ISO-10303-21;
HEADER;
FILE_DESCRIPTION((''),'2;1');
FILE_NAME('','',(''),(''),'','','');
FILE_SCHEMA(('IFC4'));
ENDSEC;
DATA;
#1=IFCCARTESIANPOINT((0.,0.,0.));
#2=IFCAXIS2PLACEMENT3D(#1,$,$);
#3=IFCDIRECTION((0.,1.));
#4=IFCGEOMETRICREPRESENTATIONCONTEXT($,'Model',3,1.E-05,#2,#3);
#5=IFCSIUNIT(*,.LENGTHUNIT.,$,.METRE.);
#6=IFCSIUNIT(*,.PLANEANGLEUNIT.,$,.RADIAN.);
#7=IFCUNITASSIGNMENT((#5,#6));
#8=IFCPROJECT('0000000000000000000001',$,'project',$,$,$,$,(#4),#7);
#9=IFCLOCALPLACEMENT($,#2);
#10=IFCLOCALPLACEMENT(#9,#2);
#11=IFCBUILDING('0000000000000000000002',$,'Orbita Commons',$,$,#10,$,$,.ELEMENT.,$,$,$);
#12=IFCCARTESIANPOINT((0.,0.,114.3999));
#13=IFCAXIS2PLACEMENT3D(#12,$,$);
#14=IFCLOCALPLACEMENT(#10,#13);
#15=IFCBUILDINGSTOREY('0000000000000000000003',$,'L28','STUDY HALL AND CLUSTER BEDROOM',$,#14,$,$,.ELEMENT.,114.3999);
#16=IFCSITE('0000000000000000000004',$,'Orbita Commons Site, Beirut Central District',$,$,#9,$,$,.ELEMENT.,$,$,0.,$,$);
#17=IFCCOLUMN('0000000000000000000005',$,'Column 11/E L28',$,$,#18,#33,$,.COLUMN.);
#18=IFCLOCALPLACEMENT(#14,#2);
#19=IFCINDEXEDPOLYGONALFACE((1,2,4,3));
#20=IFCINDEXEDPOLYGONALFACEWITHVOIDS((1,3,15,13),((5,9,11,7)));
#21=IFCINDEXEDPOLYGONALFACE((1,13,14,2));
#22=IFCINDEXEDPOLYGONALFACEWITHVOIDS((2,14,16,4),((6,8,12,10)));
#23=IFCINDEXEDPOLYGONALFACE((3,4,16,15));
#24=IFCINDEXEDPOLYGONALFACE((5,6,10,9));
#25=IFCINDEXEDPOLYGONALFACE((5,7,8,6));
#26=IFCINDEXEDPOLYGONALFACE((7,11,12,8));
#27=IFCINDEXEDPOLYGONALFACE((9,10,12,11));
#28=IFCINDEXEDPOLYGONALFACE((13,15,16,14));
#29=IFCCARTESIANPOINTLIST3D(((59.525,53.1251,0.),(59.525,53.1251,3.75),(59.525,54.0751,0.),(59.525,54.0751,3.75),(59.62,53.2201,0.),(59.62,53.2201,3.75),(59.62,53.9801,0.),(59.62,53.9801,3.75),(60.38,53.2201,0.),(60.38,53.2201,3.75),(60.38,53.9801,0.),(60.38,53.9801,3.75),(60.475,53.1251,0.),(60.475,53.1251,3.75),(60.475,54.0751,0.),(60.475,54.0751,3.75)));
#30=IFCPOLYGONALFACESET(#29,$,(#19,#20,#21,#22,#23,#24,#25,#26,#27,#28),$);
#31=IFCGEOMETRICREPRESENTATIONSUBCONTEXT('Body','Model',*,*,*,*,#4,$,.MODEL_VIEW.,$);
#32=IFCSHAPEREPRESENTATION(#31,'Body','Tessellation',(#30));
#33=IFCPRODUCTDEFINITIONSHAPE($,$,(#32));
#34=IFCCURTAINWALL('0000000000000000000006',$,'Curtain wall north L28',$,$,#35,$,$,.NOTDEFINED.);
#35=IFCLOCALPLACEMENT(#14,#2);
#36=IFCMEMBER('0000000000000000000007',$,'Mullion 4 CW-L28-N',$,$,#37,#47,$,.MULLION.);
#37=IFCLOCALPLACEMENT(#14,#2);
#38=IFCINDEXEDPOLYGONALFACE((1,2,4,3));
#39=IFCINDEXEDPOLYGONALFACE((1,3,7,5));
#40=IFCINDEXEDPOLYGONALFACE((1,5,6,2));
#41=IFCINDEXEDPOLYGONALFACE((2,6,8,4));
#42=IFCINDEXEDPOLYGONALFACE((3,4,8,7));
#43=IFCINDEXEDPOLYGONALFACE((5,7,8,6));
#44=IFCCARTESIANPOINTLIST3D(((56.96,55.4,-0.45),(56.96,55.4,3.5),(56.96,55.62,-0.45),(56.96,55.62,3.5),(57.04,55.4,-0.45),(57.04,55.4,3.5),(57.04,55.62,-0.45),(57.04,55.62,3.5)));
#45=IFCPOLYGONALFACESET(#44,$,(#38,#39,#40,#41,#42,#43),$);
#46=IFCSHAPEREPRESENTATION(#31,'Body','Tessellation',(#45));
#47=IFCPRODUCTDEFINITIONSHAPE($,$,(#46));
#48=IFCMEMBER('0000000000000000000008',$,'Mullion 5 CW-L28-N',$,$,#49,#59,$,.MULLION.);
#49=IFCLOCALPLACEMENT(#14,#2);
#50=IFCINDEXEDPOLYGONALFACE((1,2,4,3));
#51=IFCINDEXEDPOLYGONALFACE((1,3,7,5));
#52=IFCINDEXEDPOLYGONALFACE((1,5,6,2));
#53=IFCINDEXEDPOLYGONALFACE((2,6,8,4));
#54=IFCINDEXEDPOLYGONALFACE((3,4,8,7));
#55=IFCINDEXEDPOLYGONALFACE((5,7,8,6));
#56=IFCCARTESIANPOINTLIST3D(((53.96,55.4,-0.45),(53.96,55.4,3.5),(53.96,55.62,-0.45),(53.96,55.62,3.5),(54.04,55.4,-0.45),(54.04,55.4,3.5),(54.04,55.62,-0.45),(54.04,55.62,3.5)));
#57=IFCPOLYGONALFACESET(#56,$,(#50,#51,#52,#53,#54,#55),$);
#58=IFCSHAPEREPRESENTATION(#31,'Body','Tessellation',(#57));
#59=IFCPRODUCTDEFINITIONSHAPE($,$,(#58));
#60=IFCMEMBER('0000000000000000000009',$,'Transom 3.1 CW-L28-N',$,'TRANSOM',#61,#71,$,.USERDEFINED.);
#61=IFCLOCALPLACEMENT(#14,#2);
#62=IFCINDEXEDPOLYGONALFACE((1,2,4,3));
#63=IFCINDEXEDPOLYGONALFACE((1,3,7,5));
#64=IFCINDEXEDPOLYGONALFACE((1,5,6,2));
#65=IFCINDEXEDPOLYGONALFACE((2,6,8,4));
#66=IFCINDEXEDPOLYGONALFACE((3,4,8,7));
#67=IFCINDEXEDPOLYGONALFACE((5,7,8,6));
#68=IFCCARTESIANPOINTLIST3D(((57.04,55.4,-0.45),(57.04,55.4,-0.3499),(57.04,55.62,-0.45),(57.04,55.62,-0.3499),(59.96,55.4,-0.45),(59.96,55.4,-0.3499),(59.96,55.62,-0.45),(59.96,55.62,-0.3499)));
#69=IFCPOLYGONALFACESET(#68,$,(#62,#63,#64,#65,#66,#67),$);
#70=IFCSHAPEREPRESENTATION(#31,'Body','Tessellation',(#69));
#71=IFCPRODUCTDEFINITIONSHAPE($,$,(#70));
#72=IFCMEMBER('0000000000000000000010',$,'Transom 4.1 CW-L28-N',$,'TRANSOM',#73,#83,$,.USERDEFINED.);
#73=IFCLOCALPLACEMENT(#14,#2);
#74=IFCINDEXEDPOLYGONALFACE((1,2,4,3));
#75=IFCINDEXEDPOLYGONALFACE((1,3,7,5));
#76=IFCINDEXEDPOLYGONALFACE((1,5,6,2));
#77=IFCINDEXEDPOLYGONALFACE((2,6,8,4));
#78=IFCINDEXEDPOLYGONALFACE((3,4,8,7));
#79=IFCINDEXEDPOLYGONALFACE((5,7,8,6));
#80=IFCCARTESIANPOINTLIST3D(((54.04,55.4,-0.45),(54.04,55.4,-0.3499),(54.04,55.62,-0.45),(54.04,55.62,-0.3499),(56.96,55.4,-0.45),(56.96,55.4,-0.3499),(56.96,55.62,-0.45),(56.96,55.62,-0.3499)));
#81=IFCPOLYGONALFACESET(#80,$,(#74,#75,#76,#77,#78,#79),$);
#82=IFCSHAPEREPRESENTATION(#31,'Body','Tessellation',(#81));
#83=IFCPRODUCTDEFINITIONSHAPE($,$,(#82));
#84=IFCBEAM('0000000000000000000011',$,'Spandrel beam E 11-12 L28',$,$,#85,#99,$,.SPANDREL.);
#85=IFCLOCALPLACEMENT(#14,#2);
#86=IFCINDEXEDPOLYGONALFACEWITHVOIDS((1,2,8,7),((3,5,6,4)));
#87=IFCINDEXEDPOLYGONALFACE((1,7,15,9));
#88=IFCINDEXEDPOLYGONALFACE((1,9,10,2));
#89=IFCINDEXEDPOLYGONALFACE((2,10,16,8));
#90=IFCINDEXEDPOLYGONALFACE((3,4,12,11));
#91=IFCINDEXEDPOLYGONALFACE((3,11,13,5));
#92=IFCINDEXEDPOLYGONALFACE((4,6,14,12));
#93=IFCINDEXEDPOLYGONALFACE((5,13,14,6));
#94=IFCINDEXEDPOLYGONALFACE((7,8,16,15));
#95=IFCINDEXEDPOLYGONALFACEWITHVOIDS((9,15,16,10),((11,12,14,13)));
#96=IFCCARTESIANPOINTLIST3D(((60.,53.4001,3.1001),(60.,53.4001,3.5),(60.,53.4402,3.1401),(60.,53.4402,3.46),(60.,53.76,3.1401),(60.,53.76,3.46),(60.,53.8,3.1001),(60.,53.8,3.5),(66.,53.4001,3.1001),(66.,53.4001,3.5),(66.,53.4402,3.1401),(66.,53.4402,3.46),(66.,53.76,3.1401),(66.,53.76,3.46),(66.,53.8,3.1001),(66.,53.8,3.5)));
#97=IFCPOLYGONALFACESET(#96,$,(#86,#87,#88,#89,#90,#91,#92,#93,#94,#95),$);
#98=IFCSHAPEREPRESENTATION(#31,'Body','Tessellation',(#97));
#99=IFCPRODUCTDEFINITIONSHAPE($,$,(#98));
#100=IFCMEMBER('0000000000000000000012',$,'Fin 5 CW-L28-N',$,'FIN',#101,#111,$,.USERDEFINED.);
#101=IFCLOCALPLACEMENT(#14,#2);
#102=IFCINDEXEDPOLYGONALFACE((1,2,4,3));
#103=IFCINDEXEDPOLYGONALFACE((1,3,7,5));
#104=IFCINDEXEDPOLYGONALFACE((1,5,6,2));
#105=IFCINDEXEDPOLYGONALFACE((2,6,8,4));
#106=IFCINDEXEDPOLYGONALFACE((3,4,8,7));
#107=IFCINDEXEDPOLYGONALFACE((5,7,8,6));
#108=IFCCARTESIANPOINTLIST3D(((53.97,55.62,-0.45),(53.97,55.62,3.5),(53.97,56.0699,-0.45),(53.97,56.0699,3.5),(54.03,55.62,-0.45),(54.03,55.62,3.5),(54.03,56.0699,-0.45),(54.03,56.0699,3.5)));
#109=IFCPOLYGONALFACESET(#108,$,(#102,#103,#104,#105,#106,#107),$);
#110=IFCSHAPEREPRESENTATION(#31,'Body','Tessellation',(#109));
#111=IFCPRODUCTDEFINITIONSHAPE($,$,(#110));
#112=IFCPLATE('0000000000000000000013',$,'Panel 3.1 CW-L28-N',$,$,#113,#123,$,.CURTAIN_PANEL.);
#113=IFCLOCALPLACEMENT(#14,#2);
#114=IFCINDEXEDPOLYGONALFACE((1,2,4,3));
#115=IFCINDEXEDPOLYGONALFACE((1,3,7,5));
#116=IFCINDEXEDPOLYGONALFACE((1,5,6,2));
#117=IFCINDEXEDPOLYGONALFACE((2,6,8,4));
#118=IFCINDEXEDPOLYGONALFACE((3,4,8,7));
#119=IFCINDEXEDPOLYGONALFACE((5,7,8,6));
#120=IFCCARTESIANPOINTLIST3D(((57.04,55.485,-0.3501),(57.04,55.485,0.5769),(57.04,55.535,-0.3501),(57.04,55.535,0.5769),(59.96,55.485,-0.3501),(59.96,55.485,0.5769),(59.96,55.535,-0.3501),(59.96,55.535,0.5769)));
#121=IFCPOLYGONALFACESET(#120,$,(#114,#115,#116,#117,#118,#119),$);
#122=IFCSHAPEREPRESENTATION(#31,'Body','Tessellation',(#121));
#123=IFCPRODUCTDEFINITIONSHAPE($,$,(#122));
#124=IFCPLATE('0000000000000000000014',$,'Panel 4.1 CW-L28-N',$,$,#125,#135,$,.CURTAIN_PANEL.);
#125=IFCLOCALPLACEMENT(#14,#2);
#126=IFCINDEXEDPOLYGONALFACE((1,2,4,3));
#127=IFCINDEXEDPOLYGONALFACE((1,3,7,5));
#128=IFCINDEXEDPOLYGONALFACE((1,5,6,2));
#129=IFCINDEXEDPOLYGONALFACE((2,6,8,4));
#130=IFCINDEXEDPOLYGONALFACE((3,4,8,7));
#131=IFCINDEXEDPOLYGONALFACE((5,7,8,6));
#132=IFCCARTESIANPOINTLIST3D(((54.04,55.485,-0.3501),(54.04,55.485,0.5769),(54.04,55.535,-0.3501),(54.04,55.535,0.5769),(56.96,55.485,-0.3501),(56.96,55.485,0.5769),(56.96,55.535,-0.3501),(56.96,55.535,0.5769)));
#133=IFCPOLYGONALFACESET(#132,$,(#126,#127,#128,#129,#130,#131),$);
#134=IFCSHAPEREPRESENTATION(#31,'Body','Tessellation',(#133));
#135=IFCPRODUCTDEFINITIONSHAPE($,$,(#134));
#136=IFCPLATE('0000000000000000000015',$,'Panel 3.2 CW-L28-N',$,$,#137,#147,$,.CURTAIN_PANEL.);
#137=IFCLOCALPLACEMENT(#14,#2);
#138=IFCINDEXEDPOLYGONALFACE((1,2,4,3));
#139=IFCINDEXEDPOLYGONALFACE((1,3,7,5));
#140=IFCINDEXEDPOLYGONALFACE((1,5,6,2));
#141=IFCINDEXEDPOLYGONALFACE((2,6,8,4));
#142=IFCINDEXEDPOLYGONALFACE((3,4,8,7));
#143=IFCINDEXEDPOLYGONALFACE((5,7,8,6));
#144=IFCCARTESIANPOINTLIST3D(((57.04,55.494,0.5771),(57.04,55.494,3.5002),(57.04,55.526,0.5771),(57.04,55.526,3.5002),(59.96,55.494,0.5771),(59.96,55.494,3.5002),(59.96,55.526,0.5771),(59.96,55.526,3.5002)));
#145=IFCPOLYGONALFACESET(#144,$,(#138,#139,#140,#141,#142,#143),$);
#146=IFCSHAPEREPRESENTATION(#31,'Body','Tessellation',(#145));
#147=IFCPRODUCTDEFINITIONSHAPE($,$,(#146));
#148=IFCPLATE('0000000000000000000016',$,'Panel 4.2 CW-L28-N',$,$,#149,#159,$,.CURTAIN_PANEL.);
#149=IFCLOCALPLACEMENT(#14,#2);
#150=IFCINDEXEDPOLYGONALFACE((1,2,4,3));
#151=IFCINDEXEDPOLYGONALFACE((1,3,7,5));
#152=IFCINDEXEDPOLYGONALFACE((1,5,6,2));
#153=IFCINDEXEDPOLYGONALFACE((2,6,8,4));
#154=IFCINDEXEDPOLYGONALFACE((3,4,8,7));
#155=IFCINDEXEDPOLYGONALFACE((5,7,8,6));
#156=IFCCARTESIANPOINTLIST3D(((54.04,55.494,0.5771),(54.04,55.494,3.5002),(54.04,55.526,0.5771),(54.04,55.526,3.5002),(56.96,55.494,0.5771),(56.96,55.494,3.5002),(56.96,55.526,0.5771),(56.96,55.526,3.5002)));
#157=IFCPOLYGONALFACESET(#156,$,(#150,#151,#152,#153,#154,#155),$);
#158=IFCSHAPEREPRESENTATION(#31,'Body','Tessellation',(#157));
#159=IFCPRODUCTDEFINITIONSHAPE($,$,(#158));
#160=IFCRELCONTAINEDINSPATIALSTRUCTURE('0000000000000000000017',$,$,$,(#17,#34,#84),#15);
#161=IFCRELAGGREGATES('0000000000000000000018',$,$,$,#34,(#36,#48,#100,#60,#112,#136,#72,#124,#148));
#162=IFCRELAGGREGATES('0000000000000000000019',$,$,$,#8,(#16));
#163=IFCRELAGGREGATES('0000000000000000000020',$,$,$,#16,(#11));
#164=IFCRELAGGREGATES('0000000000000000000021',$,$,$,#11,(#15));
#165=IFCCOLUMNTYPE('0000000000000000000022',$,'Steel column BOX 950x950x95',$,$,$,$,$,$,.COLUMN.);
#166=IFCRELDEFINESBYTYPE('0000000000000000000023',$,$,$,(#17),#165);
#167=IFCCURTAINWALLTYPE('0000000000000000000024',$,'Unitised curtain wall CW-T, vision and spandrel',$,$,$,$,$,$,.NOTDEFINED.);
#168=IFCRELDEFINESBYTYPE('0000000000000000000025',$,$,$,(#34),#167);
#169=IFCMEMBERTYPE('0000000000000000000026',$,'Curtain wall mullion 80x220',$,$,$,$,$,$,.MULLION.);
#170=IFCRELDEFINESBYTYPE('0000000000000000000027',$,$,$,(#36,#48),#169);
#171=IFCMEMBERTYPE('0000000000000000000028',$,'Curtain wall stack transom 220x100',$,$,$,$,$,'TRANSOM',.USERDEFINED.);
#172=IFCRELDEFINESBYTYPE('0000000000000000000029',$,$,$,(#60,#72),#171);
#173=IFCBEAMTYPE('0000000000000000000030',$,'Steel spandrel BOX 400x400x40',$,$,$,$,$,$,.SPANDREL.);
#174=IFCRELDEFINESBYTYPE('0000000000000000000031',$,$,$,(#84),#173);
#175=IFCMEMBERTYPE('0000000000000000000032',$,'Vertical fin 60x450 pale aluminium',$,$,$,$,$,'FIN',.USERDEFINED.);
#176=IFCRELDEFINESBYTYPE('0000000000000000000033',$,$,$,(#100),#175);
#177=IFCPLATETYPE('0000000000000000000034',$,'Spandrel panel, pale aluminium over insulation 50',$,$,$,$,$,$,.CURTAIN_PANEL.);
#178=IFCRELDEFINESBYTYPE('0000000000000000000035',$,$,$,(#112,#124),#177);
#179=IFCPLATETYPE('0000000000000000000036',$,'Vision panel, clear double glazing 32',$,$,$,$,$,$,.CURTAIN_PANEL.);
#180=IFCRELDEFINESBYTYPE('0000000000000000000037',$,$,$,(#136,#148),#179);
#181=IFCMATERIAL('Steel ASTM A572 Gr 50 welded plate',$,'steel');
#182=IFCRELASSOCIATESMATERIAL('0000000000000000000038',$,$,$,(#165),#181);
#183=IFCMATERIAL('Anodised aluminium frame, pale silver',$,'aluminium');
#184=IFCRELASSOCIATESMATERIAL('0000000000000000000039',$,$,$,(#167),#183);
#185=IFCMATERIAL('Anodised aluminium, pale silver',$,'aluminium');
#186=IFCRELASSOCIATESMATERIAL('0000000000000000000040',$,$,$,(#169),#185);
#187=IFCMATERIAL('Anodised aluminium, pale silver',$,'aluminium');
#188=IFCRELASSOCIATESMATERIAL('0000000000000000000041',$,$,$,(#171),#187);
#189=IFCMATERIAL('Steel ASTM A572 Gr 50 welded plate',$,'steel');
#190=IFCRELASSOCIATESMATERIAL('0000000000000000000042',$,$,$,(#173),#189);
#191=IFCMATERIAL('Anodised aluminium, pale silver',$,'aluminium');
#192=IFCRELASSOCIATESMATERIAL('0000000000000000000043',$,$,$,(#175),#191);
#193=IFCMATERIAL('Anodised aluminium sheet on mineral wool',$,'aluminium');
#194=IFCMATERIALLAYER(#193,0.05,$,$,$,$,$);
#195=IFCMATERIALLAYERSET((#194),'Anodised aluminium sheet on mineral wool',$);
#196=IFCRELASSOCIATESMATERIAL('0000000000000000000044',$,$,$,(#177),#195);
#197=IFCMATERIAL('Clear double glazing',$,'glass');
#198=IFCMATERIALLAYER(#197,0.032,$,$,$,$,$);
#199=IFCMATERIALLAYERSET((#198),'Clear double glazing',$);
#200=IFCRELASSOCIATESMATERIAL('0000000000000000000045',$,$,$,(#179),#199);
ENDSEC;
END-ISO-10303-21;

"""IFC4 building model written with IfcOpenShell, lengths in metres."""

from ifc_helpers import new_model, si_unit, direction, frame, origin, origin_2d, place, context, subcontext, project, spatial, rectangle, hollow_rectangle, extrude, material, layer, layer_set, material_profile, profile_set, type_object, element, aggregate, save


model = new_model("IFC4")

# Units and contexts
model_context = context("Model", 3, precision=1e-05, world=origin(), true_north=direction((0.0, 1.0)))
body_context = subcontext(model_context, "Body", "Model", "MODEL_VIEW")
ifc_project = project(units=[si_unit("LENGTHUNIT", "METRE"), si_unit("PLANEANGLEUNIT", "RADIAN")], contexts=[model_context])

# Site, building, storey
site_placement = place(None, origin())
site = spatial("IfcSite", under=ifc_project, at=site_placement, Name="Orbita Commons Site, Beirut Central District", CompositionType="ELEMENT", RefElevation=0.0)
building_placement = place(site_placement, origin())
building = spatial("IfcBuilding", under=site, at=building_placement, Name="Orbita Commons", CompositionType="ELEMENT")
storey_placement = place(building_placement, frame((0.0, 0.0, 114.3999)))
storey = spatial("IfcBuildingStorey", under=building, at=storey_placement, Name="L28", Description="STUDY HALL AND CLUSTER BEDROOM", CompositionType="ELEMENT", Elevation=114.3999)

# Column
ifc_material_1 = material(Name="Steel ASTM A572 Gr 50 welded plate", Category="steel")
ifc_material_profile_1 = material_profile(ifc_material_1, hollow_rectangle(XDim=0.95, YDim=0.95, WallThickness=0.095, at=origin_2d()), Name="BOX 950x950x95")
ifc_profile_set_1 = profile_set([ifc_material_profile_1], Name="Steel ASTM A572 Gr 50 welded plate")
column_type = type_object("IfcColumnType", Name="Steel column BOX 950x950x95", PredefinedType="COLUMN", material=ifc_profile_set_1)
column_placement = place(storey_placement, frame((60.0, 53.6001, 0.0), z_axis=(0.0, 0.0, 1.0), x_axis=(1.0, 0.0, 0.0)))
element("IfcColumn", 1, at=column_placement, inside=storey, type_object=column_type, Name="Column 11/E L28", PredefinedType="COLUMN", context=body_context, shape_type="SweptSolid", body=[
    extrude(hollow_rectangle(XDim=0.95, YDim=0.95, WallThickness=0.095, at=origin_2d()), origin(), (0.0, 0.0, 1.0), 3.75),
])

# Curtain wall, members
ifc_material_2 = material(Name="Anodised aluminium frame, pale silver", Category="aluminium")
curtain_wall_type = type_object("IfcCurtainWallType", Name="Unitised curtain wall CW-T, vision and spandrel", PredefinedType="NOTDEFINED", material=ifc_material_2)
curtain_wall_placement = place(storey_placement, origin())
curtain_wall = element("IfcCurtainWall", 2, at=curtain_wall_placement, inside=storey, type_object=curtain_wall_type, Name="Curtain wall north L28", PredefinedType="NOTDEFINED")
ifc_material_3 = material(Name="Anodised aluminium, pale silver", Category="aluminium")
ifc_material_profile_2 = material_profile(ifc_material_3, rectangle(XDim=0.0801, YDim=0.22, at=origin_2d()), Name="AL 80x220")
ifc_profile_set_2 = profile_set([ifc_material_profile_2], Name="Anodised aluminium, pale silver")
member_type_1 = type_object("IfcMemberType", Name="Curtain wall mullion 80x220", PredefinedType="MULLION", material=ifc_profile_set_2)
member_1_placement = place(storey_placement, frame((57.0, 55.51, -0.45), z_axis=(0.0, 0.0, 1.0), x_axis=(-1.0, 0.0, 0.0)))
member_1 = element("IfcMember", 3, at=member_1_placement, type_object=member_type_1, Name="Mullion 4 CW-L28-N", PredefinedType="MULLION", context=body_context, shape_type="SweptSolid", body=[
    extrude(rectangle(XDim=0.0801, YDim=0.22, at=origin_2d()), origin(), (0.0, 0.0, 1.0), 3.95),
])
member_2_placement = place(storey_placement, frame((54.0, 55.51, -0.45), z_axis=(0.0, 0.0, 1.0), x_axis=(-1.0, 0.0, 0.0)))
member_2 = element("IfcMember", 4, at=member_2_placement, type_object=member_type_1, Name="Mullion 5 CW-L28-N", PredefinedType="MULLION", context=body_context, shape_type="SweptSolid", body=[
    extrude(rectangle(XDim=0.0801, YDim=0.22, at=origin_2d()), origin(), (0.0, 0.0, 1.0), 3.95),
])
ifc_material_4 = material(Name="Anodised aluminium, pale silver", Category="aluminium")
ifc_material_profile_3 = material_profile(ifc_material_4, rectangle(XDim=0.22, YDim=0.1001, at=origin_2d()), Name="AL 220x100")
ifc_profile_set_3 = profile_set([ifc_material_profile_3], Name="Anodised aluminium, pale silver")
member_type_2 = type_object("IfcMemberType", Name="Curtain wall stack transom 220x100", ElementType="TRANSOM", PredefinedType="USERDEFINED", material=ifc_profile_set_3)
member_3_placement = place(storey_placement, frame((59.96, 55.51, -0.3999), z_axis=(-1.0, 0.0, 0.0), x_axis=(0.0, -1.0, 0.0)))
member_3 = element("IfcMember", 5, at=member_3_placement, type_object=member_type_2, Name="Transom 3.1 CW-L28-N", ObjectType="TRANSOM", PredefinedType="USERDEFINED", context=body_context, shape_type="SweptSolid", body=[
    extrude(rectangle(XDim=0.22, YDim=0.1001, at=origin_2d()), origin(), (0.0, 0.0, 1.0), 2.9199),
])
member_4_placement = place(storey_placement, frame((56.96, 55.51, -0.3999), z_axis=(-1.0, 0.0, 0.0), x_axis=(0.0, -1.0, 0.0)))
member_4 = element("IfcMember", 6, at=member_4_placement, type_object=member_type_2, Name="Transom 4.1 CW-L28-N", ObjectType="TRANSOM", PredefinedType="USERDEFINED", context=body_context, shape_type="SweptSolid", body=[
    extrude(rectangle(XDim=0.22, YDim=0.1001, at=origin_2d()), origin(), (0.0, 0.0, 1.0), 2.9199),
])

# Beam
ifc_material_5 = material(Name="Steel ASTM A572 Gr 50 welded plate", Category="steel")
ifc_material_profile_4 = material_profile(ifc_material_5, hollow_rectangle(XDim=0.3999, YDim=0.3999, WallThickness=0.04, at=origin_2d()), Name="BOX 400x400x40")
ifc_profile_set_4 = profile_set([ifc_material_profile_4], Name="Steel ASTM A572 Gr 50 welded plate")
beam_type = type_object("IfcBeamType", Name="Steel spandrel BOX 400x400x40", PredefinedType="SPANDREL", material=ifc_profile_set_4)
beam_placement = place(storey_placement, frame((60.0, 53.6001, 3.3), z_axis=(1.0, 0.0, 0.0), x_axis=(0.0, 1.0, 0.0)))
element("IfcBeam", 7, at=beam_placement, inside=storey, type_object=beam_type, Name="Spandrel beam E 11-12 L28", PredefinedType="SPANDREL", context=body_context, shape_type="SweptSolid", body=[
    extrude(hollow_rectangle(XDim=0.3999, YDim=0.3999, WallThickness=0.04, at=origin_2d()), origin(), (0.0, 0.0, 1.0), 6.0),
])

# Member
ifc_material_6 = material(Name="Anodised aluminium, pale silver", Category="aluminium")
ifc_material_profile_5 = material_profile(ifc_material_6, rectangle(XDim=0.0601, YDim=0.45, at=origin_2d()), Name="FIN 60x450")
ifc_profile_set_5 = profile_set([ifc_material_profile_5], Name="Anodised aluminium, pale silver")
member_type_3 = type_object("IfcMemberType", Name="Vertical fin 60x450 pale aluminium", ElementType="FIN", PredefinedType="USERDEFINED", material=ifc_profile_set_5)
member_5_placement = place(storey_placement, frame((54.0, 55.845, -0.45), z_axis=(0.0, 0.0, 1.0), x_axis=(-1.0, 0.0, 0.0)))
member_5 = element("IfcMember", 8, at=member_5_placement, type_object=member_type_3, Name="Fin 5 CW-L28-N", ObjectType="FIN", PredefinedType="USERDEFINED", context=body_context, shape_type="SweptSolid", body=[
    extrude(rectangle(XDim=0.0601, YDim=0.45, at=origin_2d()), origin(), (0.0, 0.0, 1.0), 3.95),
])

# Plates
ifc_material_7 = material(Name="Anodised aluminium sheet on mineral wool", Category="aluminium")
ifc_layer_1 = layer(ifc_material_7, 0.05)
ifc_layer_set_1 = layer_set([ifc_layer_1], Name="Anodised aluminium sheet on mineral wool")
plate_type_1 = type_object("IfcPlateType", Name="Spandrel panel, pale aluminium over insulation 50", PredefinedType="CURTAIN_PANEL", material=ifc_layer_set_1)
plate_1_placement = place(storey_placement, frame((58.5, 55.51, -0.3501), z_axis=(0.0, 0.0, 1.0), x_axis=(-1.0, 0.0, 0.0)))
plate_1 = element("IfcPlate", 9, at=plate_1_placement, type_object=plate_type_1, Name="Panel 3.1 CW-L28-N", PredefinedType="CURTAIN_PANEL", context=body_context, shape_type="SweptSolid", body=[
    extrude(rectangle(XDim=2.9199, YDim=0.05, at=origin_2d()), origin(), (0.0, 0.0, 1.0), 0.927),
])
plate_2_placement = place(storey_placement, frame((55.5, 55.51, -0.3501), z_axis=(0.0, 0.0, 1.0), x_axis=(-1.0, 0.0, 0.0)))
plate_2 = element("IfcPlate", 10, at=plate_2_placement, type_object=plate_type_1, Name="Panel 4.1 CW-L28-N", PredefinedType="CURTAIN_PANEL", context=body_context, shape_type="SweptSolid", body=[
    extrude(rectangle(XDim=2.9199, YDim=0.05, at=origin_2d()), origin(), (0.0, 0.0, 1.0), 0.927),
])
ifc_material_8 = material(Name="Clear double glazing", Category="glass")
ifc_layer_2 = layer(ifc_material_8, 0.032)
ifc_layer_set_2 = layer_set([ifc_layer_2], Name="Clear double glazing")
plate_type_2 = type_object("IfcPlateType", Name="Vision panel, clear double glazing 32", PredefinedType="CURTAIN_PANEL", material=ifc_layer_set_2)
plate_3_placement = place(storey_placement, frame((58.5, 55.51, 0.5771), z_axis=(0.0, 0.0, 1.0), x_axis=(-1.0, 0.0, 0.0)))
plate_3 = element("IfcPlate", 11, at=plate_3_placement, type_object=plate_type_2, Name="Panel 3.2 CW-L28-N", PredefinedType="CURTAIN_PANEL", context=body_context, shape_type="SweptSolid", body=[
    extrude(rectangle(XDim=2.9199, YDim=0.032, at=origin_2d()), origin(), (0.0, 0.0, 1.0), 2.9231),
])
plate_4_placement = place(storey_placement, frame((55.5, 55.51, 0.5771), z_axis=(0.0, 0.0, 1.0), x_axis=(-1.0, 0.0, 0.0)))
plate_4 = element("IfcPlate", 12, at=plate_4_placement, type_object=plate_type_2, Name="Panel 4.2 CW-L28-N", PredefinedType="CURTAIN_PANEL", context=body_context, shape_type="SweptSolid", body=[
    extrude(rectangle(XDim=2.9199, YDim=0.032, at=origin_2d()), origin(), (0.0, 0.0, 1.0), 2.9231),
])
aggregate(curtain_wall, [member_1, member_2, member_5, member_3, plate_1, plate_3, member_4, plate_2, plate_4])

save(model, "model.ifc")
